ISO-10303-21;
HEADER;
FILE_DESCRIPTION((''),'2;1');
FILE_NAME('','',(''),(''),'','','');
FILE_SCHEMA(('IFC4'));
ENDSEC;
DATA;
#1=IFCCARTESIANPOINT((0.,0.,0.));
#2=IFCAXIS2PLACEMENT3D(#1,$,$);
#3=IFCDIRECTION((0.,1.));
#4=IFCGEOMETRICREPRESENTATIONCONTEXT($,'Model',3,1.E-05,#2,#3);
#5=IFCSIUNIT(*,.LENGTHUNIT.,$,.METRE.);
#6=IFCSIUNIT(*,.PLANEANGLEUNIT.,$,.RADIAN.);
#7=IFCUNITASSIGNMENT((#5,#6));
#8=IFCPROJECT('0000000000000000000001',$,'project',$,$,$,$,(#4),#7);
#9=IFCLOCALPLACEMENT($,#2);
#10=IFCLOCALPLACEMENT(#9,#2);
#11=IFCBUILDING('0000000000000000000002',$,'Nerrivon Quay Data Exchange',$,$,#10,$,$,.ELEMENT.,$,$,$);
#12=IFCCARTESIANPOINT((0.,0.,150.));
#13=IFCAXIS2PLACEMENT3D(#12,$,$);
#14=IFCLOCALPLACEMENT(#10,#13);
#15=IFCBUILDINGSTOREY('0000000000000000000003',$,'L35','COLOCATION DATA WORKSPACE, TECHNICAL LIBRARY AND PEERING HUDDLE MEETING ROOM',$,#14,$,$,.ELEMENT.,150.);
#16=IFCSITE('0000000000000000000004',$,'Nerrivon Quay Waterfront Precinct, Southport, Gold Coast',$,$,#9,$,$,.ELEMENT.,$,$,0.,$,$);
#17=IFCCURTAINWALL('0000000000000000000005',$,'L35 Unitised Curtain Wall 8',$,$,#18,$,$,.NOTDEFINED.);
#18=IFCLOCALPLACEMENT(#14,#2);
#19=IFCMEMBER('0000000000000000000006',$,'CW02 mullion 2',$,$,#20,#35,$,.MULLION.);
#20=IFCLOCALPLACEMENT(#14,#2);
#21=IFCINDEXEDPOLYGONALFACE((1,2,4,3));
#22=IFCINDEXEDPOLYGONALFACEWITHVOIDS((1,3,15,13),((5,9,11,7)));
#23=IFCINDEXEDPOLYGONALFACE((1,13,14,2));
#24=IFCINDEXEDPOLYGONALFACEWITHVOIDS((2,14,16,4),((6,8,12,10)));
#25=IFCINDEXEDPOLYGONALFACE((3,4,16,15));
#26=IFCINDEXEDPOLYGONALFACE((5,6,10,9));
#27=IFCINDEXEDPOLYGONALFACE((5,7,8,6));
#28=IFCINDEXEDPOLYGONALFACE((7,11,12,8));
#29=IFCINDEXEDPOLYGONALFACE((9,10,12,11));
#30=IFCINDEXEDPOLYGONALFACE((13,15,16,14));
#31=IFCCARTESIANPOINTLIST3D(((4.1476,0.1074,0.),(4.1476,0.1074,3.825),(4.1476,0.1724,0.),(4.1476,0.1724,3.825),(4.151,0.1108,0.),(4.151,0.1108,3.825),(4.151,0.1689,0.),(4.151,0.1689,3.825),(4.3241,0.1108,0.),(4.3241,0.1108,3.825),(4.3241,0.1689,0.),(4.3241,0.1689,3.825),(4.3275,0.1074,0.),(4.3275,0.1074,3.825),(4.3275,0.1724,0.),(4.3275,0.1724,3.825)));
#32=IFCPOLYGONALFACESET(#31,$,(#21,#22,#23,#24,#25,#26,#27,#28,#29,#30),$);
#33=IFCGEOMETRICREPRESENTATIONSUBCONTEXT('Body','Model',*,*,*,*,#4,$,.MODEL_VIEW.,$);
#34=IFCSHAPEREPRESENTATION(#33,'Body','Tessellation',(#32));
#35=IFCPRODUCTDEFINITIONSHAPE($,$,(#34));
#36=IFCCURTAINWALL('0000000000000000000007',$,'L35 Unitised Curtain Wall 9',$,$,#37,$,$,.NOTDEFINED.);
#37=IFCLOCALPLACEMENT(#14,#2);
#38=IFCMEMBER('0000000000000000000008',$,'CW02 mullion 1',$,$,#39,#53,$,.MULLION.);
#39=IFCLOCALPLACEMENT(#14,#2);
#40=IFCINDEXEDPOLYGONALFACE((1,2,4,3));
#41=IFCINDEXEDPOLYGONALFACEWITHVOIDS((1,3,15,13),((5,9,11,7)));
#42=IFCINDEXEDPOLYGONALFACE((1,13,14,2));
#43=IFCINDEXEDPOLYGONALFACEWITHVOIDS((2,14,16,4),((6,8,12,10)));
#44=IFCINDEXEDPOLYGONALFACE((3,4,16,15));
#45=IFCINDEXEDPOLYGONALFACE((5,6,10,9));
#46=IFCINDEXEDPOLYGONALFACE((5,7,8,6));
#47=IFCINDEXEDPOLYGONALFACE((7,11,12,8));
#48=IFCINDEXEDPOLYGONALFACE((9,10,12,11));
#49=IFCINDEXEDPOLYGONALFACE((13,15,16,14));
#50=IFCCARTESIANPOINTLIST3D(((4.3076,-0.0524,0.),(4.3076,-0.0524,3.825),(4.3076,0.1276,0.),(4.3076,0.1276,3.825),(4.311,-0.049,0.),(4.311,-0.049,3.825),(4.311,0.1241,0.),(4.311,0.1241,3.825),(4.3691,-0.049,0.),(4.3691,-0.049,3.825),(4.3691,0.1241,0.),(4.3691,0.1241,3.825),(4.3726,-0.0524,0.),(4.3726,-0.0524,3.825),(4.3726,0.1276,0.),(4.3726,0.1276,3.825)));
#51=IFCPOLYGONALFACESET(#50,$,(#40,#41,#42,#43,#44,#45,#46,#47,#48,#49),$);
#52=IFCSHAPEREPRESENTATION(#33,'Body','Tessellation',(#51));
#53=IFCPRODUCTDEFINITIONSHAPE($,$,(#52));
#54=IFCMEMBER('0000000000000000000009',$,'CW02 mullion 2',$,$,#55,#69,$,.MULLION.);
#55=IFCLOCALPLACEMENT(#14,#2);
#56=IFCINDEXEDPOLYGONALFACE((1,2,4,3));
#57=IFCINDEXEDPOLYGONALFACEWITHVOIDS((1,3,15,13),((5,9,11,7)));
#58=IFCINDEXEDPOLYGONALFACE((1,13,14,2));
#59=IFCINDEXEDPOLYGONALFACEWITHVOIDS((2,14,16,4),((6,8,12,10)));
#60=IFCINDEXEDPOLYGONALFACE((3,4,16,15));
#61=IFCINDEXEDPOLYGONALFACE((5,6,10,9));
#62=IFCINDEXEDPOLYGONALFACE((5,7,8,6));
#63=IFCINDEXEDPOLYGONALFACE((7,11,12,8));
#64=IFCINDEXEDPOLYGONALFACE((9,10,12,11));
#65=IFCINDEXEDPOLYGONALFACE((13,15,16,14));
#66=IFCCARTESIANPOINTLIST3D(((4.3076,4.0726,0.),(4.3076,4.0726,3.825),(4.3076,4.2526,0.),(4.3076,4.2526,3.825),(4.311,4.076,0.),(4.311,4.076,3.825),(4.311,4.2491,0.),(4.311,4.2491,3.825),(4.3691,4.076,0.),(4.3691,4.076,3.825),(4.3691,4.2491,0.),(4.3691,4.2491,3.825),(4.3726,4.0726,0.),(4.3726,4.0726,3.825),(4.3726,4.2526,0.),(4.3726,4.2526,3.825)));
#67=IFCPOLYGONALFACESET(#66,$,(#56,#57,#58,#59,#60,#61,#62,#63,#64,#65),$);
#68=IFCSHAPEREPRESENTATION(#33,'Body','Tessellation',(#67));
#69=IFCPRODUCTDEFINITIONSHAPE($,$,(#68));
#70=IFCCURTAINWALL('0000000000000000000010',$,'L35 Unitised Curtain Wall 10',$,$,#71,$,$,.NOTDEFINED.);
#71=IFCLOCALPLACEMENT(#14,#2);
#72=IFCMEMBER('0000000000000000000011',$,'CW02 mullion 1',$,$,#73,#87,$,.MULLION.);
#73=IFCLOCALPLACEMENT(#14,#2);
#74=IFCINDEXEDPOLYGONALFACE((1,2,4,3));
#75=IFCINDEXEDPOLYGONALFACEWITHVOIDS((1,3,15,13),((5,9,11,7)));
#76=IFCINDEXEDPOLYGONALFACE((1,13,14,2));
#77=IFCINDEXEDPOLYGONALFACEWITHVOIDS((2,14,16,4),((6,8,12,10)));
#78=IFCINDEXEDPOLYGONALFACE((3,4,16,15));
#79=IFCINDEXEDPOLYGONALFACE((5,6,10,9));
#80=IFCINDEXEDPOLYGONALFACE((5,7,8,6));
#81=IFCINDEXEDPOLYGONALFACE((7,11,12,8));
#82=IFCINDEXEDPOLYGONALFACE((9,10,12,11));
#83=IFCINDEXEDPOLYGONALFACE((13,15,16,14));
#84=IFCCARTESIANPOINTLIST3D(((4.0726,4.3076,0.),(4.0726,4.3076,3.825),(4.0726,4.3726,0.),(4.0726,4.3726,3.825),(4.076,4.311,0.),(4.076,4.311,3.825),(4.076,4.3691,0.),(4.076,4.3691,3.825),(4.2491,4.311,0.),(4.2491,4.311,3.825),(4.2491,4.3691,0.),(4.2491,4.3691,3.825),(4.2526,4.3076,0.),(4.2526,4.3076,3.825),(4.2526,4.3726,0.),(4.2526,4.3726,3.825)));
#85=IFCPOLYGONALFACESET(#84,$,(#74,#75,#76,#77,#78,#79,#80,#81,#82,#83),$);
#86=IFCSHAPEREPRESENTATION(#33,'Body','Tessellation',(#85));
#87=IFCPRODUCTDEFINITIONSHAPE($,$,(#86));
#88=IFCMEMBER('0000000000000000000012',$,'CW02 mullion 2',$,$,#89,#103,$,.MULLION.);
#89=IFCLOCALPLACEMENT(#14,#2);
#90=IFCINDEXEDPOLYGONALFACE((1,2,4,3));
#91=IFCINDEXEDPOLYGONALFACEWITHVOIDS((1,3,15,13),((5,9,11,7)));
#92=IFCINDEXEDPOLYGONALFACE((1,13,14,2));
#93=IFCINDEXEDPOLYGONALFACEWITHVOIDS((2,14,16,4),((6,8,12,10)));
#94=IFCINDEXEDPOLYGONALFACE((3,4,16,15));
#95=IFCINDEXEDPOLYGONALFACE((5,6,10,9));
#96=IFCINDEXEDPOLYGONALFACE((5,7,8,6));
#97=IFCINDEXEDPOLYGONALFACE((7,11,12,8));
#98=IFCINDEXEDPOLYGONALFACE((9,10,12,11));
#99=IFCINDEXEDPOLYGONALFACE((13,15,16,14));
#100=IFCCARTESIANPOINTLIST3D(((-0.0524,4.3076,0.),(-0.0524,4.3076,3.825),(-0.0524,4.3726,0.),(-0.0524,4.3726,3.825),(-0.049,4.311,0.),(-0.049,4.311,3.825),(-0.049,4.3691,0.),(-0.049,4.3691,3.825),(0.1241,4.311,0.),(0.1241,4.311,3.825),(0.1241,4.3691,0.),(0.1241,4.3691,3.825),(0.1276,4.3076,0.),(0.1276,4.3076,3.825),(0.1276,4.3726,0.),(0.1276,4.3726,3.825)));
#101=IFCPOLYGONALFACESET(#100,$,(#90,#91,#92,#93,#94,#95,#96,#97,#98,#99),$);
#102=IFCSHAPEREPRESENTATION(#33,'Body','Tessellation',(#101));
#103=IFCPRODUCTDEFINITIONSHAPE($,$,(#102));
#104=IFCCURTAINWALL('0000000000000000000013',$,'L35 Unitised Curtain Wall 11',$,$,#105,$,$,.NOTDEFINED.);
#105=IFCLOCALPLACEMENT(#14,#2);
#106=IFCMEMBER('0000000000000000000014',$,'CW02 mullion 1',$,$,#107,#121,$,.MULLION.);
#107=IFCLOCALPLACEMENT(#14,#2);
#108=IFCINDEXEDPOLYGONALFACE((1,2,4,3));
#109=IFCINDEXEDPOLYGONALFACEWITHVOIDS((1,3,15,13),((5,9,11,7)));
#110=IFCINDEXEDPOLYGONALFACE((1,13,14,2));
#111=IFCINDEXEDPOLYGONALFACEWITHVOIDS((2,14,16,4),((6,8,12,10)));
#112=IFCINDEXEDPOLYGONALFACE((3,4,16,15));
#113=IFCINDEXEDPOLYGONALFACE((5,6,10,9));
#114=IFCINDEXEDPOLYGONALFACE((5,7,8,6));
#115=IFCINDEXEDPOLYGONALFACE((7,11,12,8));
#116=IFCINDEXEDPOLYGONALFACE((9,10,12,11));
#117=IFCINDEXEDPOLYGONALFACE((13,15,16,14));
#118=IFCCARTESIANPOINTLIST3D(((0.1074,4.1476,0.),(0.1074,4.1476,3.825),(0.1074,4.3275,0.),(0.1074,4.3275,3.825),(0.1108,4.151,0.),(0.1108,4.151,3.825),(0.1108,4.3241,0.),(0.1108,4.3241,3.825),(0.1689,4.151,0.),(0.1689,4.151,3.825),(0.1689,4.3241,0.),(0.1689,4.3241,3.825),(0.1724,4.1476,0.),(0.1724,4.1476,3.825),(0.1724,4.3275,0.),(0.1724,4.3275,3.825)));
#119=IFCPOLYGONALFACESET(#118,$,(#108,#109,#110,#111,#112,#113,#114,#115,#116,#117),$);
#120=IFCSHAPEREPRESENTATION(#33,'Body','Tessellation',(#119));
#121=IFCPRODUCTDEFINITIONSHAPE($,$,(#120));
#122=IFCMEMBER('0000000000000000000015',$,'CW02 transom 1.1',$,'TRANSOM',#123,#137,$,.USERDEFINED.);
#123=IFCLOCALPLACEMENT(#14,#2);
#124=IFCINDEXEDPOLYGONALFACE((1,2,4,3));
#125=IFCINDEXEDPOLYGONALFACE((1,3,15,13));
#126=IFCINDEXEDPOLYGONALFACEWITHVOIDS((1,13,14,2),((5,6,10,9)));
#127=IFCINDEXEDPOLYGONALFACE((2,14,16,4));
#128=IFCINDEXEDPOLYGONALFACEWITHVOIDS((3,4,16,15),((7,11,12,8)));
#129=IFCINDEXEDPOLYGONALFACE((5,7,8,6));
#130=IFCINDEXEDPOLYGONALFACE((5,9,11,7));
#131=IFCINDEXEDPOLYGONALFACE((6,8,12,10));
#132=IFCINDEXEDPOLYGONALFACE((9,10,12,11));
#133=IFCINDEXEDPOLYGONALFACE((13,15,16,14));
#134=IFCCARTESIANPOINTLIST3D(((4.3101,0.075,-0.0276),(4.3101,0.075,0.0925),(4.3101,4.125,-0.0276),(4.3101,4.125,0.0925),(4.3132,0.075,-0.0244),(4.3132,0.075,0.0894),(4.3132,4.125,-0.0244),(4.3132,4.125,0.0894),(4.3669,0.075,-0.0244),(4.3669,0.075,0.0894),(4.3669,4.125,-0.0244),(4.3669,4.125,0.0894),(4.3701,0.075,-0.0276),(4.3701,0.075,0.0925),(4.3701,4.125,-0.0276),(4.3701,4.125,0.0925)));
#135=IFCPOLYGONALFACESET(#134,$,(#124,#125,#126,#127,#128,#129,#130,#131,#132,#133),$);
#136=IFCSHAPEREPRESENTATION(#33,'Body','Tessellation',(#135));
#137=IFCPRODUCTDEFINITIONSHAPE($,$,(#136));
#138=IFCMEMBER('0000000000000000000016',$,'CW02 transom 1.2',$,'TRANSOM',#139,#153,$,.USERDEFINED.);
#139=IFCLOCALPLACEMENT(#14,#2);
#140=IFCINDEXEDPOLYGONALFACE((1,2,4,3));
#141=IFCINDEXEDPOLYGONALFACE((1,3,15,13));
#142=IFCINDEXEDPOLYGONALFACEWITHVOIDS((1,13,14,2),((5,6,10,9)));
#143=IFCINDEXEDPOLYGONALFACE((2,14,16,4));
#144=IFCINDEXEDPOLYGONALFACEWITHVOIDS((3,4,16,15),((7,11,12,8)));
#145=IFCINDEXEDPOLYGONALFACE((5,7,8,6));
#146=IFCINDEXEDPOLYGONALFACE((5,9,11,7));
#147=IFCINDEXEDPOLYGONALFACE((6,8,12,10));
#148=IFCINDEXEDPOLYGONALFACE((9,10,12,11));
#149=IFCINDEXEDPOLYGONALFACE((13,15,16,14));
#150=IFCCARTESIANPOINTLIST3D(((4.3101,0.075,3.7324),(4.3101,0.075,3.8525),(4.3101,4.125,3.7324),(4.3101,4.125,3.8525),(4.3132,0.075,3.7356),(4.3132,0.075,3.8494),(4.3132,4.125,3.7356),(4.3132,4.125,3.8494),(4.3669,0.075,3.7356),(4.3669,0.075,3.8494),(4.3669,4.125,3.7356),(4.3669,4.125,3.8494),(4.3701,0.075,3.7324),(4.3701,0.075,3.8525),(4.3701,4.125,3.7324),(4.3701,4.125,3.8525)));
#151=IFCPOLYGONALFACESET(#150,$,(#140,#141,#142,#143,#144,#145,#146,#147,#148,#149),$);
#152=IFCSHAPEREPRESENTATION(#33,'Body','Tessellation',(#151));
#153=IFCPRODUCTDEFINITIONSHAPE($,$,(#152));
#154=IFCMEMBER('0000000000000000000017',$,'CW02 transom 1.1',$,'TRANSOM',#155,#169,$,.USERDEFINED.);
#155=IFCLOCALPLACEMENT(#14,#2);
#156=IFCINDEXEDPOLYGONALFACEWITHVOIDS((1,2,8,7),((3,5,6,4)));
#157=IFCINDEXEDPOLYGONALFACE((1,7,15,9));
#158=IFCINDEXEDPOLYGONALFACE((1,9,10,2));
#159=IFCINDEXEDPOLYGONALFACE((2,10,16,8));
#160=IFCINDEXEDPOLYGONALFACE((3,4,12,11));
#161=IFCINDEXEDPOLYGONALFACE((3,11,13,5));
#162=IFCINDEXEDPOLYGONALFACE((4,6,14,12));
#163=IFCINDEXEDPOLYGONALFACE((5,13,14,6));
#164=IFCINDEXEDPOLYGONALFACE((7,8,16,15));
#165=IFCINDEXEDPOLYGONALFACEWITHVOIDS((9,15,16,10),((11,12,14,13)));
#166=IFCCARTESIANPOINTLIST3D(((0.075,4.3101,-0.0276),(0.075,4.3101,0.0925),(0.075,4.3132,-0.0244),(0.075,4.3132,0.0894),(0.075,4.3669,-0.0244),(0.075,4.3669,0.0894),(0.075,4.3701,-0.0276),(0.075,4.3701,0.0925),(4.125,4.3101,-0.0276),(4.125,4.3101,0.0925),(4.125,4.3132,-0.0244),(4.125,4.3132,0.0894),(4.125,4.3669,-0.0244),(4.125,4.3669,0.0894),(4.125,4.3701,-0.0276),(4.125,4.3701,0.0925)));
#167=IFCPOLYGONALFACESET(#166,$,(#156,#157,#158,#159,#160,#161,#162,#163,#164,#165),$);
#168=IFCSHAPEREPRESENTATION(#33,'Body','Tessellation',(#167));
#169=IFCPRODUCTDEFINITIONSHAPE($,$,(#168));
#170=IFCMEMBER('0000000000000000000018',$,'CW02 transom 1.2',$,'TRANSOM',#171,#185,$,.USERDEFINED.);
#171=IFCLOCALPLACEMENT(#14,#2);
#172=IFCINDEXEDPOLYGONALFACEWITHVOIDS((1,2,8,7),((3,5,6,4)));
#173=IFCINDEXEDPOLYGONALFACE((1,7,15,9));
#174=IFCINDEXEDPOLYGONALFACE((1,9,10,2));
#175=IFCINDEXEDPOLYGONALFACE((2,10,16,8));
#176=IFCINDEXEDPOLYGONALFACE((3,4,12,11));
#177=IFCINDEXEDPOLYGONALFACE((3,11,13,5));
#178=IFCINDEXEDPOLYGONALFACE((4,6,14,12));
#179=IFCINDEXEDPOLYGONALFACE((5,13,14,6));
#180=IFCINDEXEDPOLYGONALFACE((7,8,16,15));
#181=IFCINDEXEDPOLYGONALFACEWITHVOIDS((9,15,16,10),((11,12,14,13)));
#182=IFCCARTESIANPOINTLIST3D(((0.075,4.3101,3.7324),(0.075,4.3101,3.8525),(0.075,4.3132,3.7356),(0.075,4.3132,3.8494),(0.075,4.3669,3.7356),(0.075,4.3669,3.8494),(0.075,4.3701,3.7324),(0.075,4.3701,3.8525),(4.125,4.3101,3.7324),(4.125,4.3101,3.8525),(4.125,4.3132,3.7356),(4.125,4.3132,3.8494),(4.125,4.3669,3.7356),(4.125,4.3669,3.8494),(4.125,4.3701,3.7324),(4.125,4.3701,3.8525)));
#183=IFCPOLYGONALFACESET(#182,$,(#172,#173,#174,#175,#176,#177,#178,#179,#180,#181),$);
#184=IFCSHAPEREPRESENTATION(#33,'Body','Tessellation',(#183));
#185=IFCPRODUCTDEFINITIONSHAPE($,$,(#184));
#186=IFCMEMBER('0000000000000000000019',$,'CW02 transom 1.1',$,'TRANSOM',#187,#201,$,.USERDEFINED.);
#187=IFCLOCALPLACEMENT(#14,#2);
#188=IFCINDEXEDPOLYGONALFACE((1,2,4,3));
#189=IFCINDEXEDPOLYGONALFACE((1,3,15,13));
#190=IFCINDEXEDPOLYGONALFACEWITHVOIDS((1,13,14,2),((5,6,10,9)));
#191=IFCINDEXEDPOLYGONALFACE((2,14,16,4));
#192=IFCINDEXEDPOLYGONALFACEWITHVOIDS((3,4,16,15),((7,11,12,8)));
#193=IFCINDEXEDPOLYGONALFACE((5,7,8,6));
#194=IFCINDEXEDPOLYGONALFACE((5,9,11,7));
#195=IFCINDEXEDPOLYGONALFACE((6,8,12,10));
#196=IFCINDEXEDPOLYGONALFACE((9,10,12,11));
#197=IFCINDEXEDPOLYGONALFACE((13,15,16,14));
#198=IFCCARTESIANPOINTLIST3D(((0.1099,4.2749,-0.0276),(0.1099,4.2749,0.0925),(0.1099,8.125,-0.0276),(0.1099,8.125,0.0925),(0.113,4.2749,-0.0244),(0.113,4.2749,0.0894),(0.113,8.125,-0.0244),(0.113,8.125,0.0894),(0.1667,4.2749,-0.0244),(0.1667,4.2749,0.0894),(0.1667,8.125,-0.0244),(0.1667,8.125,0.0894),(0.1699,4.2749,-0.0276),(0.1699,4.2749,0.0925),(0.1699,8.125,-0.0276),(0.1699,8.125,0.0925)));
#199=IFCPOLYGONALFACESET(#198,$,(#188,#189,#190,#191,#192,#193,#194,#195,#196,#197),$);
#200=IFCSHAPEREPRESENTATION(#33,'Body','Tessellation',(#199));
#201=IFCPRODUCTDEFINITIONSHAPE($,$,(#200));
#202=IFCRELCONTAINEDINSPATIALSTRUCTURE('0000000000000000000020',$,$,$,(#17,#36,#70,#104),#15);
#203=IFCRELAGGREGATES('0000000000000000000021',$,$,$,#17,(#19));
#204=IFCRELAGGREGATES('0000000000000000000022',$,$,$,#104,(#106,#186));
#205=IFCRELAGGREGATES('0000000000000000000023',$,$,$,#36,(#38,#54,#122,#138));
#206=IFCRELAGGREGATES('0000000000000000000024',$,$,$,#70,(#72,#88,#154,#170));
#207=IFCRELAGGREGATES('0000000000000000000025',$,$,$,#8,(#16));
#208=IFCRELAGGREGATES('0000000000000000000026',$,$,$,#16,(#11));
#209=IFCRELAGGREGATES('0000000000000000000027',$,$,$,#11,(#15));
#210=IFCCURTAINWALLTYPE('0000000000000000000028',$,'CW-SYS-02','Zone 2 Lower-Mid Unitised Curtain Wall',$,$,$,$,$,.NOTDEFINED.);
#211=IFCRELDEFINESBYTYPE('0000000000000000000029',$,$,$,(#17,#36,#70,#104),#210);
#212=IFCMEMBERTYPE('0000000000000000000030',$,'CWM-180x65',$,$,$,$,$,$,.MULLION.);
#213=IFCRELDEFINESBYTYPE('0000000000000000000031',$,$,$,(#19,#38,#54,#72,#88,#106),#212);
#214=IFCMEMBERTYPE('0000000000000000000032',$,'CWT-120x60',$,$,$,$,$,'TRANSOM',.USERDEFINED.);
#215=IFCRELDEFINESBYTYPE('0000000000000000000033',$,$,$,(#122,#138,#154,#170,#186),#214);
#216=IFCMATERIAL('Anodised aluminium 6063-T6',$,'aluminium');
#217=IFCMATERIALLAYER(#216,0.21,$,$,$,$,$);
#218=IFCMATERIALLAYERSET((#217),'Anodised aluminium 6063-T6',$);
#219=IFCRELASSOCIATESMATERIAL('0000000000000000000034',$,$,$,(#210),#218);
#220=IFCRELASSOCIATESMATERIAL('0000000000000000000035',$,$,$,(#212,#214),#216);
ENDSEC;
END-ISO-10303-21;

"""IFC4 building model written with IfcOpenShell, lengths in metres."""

from ifc_helpers import new_model, si_unit, direction, frame, origin, origin_2d, place, context, subcontext, project, spatial, hollow_rectangle, extrude, material, layer, layer_set, material_profile, profile_set, type_object, element, aggregate, save


model = new_model("IFC4")

# Units and contexts
model_context = context("Model", 3, precision=1e-05, world=origin(), true_north=direction((0.0, 1.0)))
body_context = subcontext(model_context, "Body", "Model", "MODEL_VIEW")
ifc_project = project(units=[si_unit("LENGTHUNIT", "METRE"), si_unit("PLANEANGLEUNIT", "RADIAN")], contexts=[model_context])

# Site, building, storey
site_placement = place(None, origin())
site = spatial("IfcSite", under=ifc_project, at=site_placement, Name="Nerrivon Quay Waterfront Precinct, Southport, Gold Coast", CompositionType="ELEMENT", RefElevation=0.0)
building_placement = place(site_placement, origin())
building = spatial("IfcBuilding", under=site, at=building_placement, Name="Nerrivon Quay Data Exchange", CompositionType="ELEMENT")
storey_placement = place(building_placement, frame((0.0, 0.0, 150.0)))
storey = spatial("IfcBuildingStorey", under=building, at=storey_placement, Name="L35", Description="COLOCATION DATA WORKSPACE, TECHNICAL LIBRARY AND PEERING HUDDLE MEETING ROOM", CompositionType="ELEMENT", Elevation=150.0)

# Curtain wall, member
ifc_material_1 = material(Name="Anodised aluminium 6063-T6", Category="aluminium")
ifc_layer_1 = layer(ifc_material_1, 0.21)
ifc_layer_set_1 = layer_set([ifc_layer_1], Name="Anodised aluminium 6063-T6")
curtain_wall_type = type_object("IfcCurtainWallType", Name="CW-SYS-02", Description="Zone 2 Lower-Mid Unitised Curtain Wall", PredefinedType="NOTDEFINED", material=ifc_layer_set_1)
curtain_wall_1_placement = place(storey_placement, origin())
curtain_wall_1 = element("IfcCurtainWall", 1, at=curtain_wall_1_placement, inside=storey, type_object=curtain_wall_type, Name="L35 Unitised Curtain Wall 8", PredefinedType="NOTDEFINED")
ifc_material_profile_1 = material_profile(ifc_material_1, hollow_rectangle(XDim=0.0649, YDim=0.1799, WallThickness=0.0034, at=origin_2d()), Name="ALU-MULL-180x65")
ifc_profile_set_1 = profile_set([ifc_material_profile_1], Name="Anodised aluminium 6063-T6")
member_type_1 = type_object("IfcMemberType", Name="CWM-180x65", PredefinedType="MULLION", material=ifc_profile_set_1)
member_1_placement = place(storey_placement, frame((4.2375, 0.1399, 0.0), z_axis=(0.0, 0.0, 1.0), x_axis=(0.0, -1.0, 0.0)))
member_1 = element("IfcMember", 2, at=member_1_placement, type_object=member_type_1, Name="CW02 mullion 2", PredefinedType="MULLION", context=body_context, shape_type="SweptSolid", body=[
    extrude(hollow_rectangle(XDim=0.0649, YDim=0.1799, WallThickness=0.0034, at=origin_2d()), origin(), (0.0, 0.0, 1.0), 3.825),
])
aggregate(curtain_wall_1, [member_1])

# Curtain walls, members
curtain_wall_2_placement = place(storey_placement, origin())
curtain_wall_2 = element("IfcCurtainWall", 3, at=curtain_wall_2_placement, inside=storey, type_object=curtain_wall_type, Name="L35 Unitised Curtain Wall 9", PredefinedType="NOTDEFINED")
member_2_placement = place(storey_placement, frame((4.3401, 0.0376, 0.0), z_axis=(0.0, 0.0, 1.0), x_axis=(-1.0, 0.0, 0.0)))
member_2 = element("IfcMember", 4, at=member_2_placement, type_object=member_type_1, Name="CW02 mullion 1", PredefinedType="MULLION", context=body_context, shape_type="SweptSolid", body=[
    extrude(hollow_rectangle(XDim=0.0649, YDim=0.1799, WallThickness=0.0034, at=origin_2d()), origin(), (0.0, 0.0, 1.0), 3.825),
])
member_3_placement = place(storey_placement, frame((4.3401, 4.1626, 0.0), z_axis=(0.0, 0.0, 1.0), x_axis=(-1.0, 0.0, 0.0)))
member_3 = element("IfcMember", 5, at=member_3_placement, type_object=member_type_1, Name="CW02 mullion 2", PredefinedType="MULLION", context=body_context, shape_type="SweptSolid", body=[
    extrude(hollow_rectangle(XDim=0.0649, YDim=0.1799, WallThickness=0.0034, at=origin_2d()), origin(), (0.0, 0.0, 1.0), 3.825),
])
curtain_wall_3_placement = place(storey_placement, origin())
curtain_wall_3 = element("IfcCurtainWall", 6, at=curtain_wall_3_placement, inside=storey, type_object=curtain_wall_type, Name="L35 Unitised Curtain Wall 10", PredefinedType="NOTDEFINED")
member_4_placement = place(storey_placement, frame((4.1626, 4.3401, 0.0), z_axis=(0.0, 0.0, 1.0), x_axis=(0.0, -1.0, 0.0)))
member_4 = element("IfcMember", 7, at=member_4_placement, type_object=member_type_1, Name="CW02 mullion 1", PredefinedType="MULLION", context=body_context, shape_type="SweptSolid", body=[
    extrude(hollow_rectangle(XDim=0.0649, YDim=0.1799, WallThickness=0.0034, at=origin_2d()), origin(), (0.0, 0.0, 1.0), 3.825),
])
member_5_placement = place(storey_placement, frame((0.0376, 4.3401, 0.0), z_axis=(0.0, 0.0, 1.0), x_axis=(0.0, -1.0, 0.0)))
member_5 = element("IfcMember", 8, at=member_5_placement, type_object=member_type_1, Name="CW02 mullion 2", PredefinedType="MULLION", context=body_context, shape_type="SweptSolid", body=[
    extrude(hollow_rectangle(XDim=0.0649, YDim=0.1799, WallThickness=0.0034, at=origin_2d()), origin(), (0.0, 0.0, 1.0), 3.825),
])

# Curtain wall, member
curtain_wall_4_placement = place(storey_placement, origin())
curtain_wall_4 = element("IfcCurtainWall", 9, at=curtain_wall_4_placement, inside=storey, type_object=curtain_wall_type, Name="L35 Unitised Curtain Wall 11", PredefinedType="NOTDEFINED")
member_6_placement = place(storey_placement, frame((0.1399, 4.2375, 0.0), z_axis=(0.0, 0.0, 1.0), x_axis=(-1.0, 0.0, 0.0)))
member_6 = element("IfcMember", 10, at=member_6_placement, type_object=member_type_1, Name="CW02 mullion 1", PredefinedType="MULLION", context=body_context, shape_type="SweptSolid", body=[
    extrude(hollow_rectangle(XDim=0.0649, YDim=0.1799, WallThickness=0.0034, at=origin_2d()), origin(), (0.0, 0.0, 1.0), 3.825),
])

# Members
ifc_material_profile_2 = material_profile(ifc_material_1, hollow_rectangle(XDim=0.0601, YDim=0.1201, WallThickness=0.0032, at=origin_2d()), Name="ALU-TRAN-120x60")
ifc_profile_set_2 = profile_set([ifc_material_profile_2], Name="Anodised aluminium 6063-T6")
member_type_2 = type_object("IfcMemberType", Name="CWT-120x60", ElementType="TRANSOM", PredefinedType="USERDEFINED", material=ifc_profile_set_2)
member_7_placement = place(storey_placement, frame((4.3401, 0.075, 0.0325), z_axis=(0.0, 1.0, 0.0), x_axis=(-1.0, 0.0, 0.0)))
member_7 = element("IfcMember", 11, at=member_7_placement, type_object=member_type_2, Name="CW02 transom 1.1", ObjectType="TRANSOM", PredefinedType="USERDEFINED", context=body_context, shape_type="SweptSolid", body=[
    extrude(hollow_rectangle(XDim=0.0601, YDim=0.1201, WallThickness=0.0032, at=origin_2d()), origin(), (0.0, 0.0, 1.0), 4.05),
])
member_8_placement = place(storey_placement, frame((4.3401, 0.075, 3.7925), z_axis=(0.0, 1.0, 0.0), x_axis=(-1.0, 0.0, 0.0)))
member_8 = element("IfcMember", 12, at=member_8_placement, type_object=member_type_2, Name="CW02 transom 1.2", ObjectType="TRANSOM", PredefinedType="USERDEFINED", context=body_context, shape_type="SweptSolid", body=[
    extrude(hollow_rectangle(XDim=0.0601, YDim=0.1201, WallThickness=0.0032, at=origin_2d()), origin(), (0.0, 0.0, 1.0), 4.05),
])
member_9_placement = place(storey_placement, frame((4.125, 4.3401, 0.0325), z_axis=(-1.0, 0.0, 0.0), x_axis=(0.0, -1.0, 0.0)))
member_9 = element("IfcMember", 13, at=member_9_placement, type_object=member_type_2, Name="CW02 transom 1.1", ObjectType="TRANSOM", PredefinedType="USERDEFINED", context=body_context, shape_type="SweptSolid", body=[
    extrude(hollow_rectangle(XDim=0.0601, YDim=0.1201, WallThickness=0.0032, at=origin_2d()), origin(), (0.0, 0.0, 1.0), 4.05),
])
member_10_placement = place(storey_placement, frame((4.125, 4.3401, 3.7925), z_axis=(-1.0, 0.0, 0.0), x_axis=(0.0, -1.0, 0.0)))
member_10 = element("IfcMember", 14, at=member_10_placement, type_object=member_type_2, Name="CW02 transom 1.2", ObjectType="TRANSOM", PredefinedType="USERDEFINED", context=body_context, shape_type="SweptSolid", body=[
    extrude(hollow_rectangle(XDim=0.0601, YDim=0.1201, WallThickness=0.0032, at=origin_2d()), origin(), (0.0, 0.0, 1.0), 4.05),
])
member_11_placement = place(storey_placement, frame((0.1399, 4.2749, 0.0325), z_axis=(0.0, 1.0, 0.0), x_axis=(-1.0, 0.0, 0.0)))
member_11 = element("IfcMember", 15, at=member_11_placement, type_object=member_type_2, Name="CW02 transom 1.1", ObjectType="TRANSOM", PredefinedType="USERDEFINED", context=body_context, shape_type="SweptSolid", body=[
    extrude(hollow_rectangle(XDim=0.0601, YDim=0.1201, WallThickness=0.0032, at=origin_2d()), origin(), (0.0, 0.0, 1.0), 3.8501),
])
aggregate(curtain_wall_4, [member_6, member_11])

aggregate(curtain_wall_2, [member_2, member_3, member_7, member_8])
aggregate(curtain_wall_3, [member_4, member_5, member_9, member_10])

save(model, "model.ifc")
